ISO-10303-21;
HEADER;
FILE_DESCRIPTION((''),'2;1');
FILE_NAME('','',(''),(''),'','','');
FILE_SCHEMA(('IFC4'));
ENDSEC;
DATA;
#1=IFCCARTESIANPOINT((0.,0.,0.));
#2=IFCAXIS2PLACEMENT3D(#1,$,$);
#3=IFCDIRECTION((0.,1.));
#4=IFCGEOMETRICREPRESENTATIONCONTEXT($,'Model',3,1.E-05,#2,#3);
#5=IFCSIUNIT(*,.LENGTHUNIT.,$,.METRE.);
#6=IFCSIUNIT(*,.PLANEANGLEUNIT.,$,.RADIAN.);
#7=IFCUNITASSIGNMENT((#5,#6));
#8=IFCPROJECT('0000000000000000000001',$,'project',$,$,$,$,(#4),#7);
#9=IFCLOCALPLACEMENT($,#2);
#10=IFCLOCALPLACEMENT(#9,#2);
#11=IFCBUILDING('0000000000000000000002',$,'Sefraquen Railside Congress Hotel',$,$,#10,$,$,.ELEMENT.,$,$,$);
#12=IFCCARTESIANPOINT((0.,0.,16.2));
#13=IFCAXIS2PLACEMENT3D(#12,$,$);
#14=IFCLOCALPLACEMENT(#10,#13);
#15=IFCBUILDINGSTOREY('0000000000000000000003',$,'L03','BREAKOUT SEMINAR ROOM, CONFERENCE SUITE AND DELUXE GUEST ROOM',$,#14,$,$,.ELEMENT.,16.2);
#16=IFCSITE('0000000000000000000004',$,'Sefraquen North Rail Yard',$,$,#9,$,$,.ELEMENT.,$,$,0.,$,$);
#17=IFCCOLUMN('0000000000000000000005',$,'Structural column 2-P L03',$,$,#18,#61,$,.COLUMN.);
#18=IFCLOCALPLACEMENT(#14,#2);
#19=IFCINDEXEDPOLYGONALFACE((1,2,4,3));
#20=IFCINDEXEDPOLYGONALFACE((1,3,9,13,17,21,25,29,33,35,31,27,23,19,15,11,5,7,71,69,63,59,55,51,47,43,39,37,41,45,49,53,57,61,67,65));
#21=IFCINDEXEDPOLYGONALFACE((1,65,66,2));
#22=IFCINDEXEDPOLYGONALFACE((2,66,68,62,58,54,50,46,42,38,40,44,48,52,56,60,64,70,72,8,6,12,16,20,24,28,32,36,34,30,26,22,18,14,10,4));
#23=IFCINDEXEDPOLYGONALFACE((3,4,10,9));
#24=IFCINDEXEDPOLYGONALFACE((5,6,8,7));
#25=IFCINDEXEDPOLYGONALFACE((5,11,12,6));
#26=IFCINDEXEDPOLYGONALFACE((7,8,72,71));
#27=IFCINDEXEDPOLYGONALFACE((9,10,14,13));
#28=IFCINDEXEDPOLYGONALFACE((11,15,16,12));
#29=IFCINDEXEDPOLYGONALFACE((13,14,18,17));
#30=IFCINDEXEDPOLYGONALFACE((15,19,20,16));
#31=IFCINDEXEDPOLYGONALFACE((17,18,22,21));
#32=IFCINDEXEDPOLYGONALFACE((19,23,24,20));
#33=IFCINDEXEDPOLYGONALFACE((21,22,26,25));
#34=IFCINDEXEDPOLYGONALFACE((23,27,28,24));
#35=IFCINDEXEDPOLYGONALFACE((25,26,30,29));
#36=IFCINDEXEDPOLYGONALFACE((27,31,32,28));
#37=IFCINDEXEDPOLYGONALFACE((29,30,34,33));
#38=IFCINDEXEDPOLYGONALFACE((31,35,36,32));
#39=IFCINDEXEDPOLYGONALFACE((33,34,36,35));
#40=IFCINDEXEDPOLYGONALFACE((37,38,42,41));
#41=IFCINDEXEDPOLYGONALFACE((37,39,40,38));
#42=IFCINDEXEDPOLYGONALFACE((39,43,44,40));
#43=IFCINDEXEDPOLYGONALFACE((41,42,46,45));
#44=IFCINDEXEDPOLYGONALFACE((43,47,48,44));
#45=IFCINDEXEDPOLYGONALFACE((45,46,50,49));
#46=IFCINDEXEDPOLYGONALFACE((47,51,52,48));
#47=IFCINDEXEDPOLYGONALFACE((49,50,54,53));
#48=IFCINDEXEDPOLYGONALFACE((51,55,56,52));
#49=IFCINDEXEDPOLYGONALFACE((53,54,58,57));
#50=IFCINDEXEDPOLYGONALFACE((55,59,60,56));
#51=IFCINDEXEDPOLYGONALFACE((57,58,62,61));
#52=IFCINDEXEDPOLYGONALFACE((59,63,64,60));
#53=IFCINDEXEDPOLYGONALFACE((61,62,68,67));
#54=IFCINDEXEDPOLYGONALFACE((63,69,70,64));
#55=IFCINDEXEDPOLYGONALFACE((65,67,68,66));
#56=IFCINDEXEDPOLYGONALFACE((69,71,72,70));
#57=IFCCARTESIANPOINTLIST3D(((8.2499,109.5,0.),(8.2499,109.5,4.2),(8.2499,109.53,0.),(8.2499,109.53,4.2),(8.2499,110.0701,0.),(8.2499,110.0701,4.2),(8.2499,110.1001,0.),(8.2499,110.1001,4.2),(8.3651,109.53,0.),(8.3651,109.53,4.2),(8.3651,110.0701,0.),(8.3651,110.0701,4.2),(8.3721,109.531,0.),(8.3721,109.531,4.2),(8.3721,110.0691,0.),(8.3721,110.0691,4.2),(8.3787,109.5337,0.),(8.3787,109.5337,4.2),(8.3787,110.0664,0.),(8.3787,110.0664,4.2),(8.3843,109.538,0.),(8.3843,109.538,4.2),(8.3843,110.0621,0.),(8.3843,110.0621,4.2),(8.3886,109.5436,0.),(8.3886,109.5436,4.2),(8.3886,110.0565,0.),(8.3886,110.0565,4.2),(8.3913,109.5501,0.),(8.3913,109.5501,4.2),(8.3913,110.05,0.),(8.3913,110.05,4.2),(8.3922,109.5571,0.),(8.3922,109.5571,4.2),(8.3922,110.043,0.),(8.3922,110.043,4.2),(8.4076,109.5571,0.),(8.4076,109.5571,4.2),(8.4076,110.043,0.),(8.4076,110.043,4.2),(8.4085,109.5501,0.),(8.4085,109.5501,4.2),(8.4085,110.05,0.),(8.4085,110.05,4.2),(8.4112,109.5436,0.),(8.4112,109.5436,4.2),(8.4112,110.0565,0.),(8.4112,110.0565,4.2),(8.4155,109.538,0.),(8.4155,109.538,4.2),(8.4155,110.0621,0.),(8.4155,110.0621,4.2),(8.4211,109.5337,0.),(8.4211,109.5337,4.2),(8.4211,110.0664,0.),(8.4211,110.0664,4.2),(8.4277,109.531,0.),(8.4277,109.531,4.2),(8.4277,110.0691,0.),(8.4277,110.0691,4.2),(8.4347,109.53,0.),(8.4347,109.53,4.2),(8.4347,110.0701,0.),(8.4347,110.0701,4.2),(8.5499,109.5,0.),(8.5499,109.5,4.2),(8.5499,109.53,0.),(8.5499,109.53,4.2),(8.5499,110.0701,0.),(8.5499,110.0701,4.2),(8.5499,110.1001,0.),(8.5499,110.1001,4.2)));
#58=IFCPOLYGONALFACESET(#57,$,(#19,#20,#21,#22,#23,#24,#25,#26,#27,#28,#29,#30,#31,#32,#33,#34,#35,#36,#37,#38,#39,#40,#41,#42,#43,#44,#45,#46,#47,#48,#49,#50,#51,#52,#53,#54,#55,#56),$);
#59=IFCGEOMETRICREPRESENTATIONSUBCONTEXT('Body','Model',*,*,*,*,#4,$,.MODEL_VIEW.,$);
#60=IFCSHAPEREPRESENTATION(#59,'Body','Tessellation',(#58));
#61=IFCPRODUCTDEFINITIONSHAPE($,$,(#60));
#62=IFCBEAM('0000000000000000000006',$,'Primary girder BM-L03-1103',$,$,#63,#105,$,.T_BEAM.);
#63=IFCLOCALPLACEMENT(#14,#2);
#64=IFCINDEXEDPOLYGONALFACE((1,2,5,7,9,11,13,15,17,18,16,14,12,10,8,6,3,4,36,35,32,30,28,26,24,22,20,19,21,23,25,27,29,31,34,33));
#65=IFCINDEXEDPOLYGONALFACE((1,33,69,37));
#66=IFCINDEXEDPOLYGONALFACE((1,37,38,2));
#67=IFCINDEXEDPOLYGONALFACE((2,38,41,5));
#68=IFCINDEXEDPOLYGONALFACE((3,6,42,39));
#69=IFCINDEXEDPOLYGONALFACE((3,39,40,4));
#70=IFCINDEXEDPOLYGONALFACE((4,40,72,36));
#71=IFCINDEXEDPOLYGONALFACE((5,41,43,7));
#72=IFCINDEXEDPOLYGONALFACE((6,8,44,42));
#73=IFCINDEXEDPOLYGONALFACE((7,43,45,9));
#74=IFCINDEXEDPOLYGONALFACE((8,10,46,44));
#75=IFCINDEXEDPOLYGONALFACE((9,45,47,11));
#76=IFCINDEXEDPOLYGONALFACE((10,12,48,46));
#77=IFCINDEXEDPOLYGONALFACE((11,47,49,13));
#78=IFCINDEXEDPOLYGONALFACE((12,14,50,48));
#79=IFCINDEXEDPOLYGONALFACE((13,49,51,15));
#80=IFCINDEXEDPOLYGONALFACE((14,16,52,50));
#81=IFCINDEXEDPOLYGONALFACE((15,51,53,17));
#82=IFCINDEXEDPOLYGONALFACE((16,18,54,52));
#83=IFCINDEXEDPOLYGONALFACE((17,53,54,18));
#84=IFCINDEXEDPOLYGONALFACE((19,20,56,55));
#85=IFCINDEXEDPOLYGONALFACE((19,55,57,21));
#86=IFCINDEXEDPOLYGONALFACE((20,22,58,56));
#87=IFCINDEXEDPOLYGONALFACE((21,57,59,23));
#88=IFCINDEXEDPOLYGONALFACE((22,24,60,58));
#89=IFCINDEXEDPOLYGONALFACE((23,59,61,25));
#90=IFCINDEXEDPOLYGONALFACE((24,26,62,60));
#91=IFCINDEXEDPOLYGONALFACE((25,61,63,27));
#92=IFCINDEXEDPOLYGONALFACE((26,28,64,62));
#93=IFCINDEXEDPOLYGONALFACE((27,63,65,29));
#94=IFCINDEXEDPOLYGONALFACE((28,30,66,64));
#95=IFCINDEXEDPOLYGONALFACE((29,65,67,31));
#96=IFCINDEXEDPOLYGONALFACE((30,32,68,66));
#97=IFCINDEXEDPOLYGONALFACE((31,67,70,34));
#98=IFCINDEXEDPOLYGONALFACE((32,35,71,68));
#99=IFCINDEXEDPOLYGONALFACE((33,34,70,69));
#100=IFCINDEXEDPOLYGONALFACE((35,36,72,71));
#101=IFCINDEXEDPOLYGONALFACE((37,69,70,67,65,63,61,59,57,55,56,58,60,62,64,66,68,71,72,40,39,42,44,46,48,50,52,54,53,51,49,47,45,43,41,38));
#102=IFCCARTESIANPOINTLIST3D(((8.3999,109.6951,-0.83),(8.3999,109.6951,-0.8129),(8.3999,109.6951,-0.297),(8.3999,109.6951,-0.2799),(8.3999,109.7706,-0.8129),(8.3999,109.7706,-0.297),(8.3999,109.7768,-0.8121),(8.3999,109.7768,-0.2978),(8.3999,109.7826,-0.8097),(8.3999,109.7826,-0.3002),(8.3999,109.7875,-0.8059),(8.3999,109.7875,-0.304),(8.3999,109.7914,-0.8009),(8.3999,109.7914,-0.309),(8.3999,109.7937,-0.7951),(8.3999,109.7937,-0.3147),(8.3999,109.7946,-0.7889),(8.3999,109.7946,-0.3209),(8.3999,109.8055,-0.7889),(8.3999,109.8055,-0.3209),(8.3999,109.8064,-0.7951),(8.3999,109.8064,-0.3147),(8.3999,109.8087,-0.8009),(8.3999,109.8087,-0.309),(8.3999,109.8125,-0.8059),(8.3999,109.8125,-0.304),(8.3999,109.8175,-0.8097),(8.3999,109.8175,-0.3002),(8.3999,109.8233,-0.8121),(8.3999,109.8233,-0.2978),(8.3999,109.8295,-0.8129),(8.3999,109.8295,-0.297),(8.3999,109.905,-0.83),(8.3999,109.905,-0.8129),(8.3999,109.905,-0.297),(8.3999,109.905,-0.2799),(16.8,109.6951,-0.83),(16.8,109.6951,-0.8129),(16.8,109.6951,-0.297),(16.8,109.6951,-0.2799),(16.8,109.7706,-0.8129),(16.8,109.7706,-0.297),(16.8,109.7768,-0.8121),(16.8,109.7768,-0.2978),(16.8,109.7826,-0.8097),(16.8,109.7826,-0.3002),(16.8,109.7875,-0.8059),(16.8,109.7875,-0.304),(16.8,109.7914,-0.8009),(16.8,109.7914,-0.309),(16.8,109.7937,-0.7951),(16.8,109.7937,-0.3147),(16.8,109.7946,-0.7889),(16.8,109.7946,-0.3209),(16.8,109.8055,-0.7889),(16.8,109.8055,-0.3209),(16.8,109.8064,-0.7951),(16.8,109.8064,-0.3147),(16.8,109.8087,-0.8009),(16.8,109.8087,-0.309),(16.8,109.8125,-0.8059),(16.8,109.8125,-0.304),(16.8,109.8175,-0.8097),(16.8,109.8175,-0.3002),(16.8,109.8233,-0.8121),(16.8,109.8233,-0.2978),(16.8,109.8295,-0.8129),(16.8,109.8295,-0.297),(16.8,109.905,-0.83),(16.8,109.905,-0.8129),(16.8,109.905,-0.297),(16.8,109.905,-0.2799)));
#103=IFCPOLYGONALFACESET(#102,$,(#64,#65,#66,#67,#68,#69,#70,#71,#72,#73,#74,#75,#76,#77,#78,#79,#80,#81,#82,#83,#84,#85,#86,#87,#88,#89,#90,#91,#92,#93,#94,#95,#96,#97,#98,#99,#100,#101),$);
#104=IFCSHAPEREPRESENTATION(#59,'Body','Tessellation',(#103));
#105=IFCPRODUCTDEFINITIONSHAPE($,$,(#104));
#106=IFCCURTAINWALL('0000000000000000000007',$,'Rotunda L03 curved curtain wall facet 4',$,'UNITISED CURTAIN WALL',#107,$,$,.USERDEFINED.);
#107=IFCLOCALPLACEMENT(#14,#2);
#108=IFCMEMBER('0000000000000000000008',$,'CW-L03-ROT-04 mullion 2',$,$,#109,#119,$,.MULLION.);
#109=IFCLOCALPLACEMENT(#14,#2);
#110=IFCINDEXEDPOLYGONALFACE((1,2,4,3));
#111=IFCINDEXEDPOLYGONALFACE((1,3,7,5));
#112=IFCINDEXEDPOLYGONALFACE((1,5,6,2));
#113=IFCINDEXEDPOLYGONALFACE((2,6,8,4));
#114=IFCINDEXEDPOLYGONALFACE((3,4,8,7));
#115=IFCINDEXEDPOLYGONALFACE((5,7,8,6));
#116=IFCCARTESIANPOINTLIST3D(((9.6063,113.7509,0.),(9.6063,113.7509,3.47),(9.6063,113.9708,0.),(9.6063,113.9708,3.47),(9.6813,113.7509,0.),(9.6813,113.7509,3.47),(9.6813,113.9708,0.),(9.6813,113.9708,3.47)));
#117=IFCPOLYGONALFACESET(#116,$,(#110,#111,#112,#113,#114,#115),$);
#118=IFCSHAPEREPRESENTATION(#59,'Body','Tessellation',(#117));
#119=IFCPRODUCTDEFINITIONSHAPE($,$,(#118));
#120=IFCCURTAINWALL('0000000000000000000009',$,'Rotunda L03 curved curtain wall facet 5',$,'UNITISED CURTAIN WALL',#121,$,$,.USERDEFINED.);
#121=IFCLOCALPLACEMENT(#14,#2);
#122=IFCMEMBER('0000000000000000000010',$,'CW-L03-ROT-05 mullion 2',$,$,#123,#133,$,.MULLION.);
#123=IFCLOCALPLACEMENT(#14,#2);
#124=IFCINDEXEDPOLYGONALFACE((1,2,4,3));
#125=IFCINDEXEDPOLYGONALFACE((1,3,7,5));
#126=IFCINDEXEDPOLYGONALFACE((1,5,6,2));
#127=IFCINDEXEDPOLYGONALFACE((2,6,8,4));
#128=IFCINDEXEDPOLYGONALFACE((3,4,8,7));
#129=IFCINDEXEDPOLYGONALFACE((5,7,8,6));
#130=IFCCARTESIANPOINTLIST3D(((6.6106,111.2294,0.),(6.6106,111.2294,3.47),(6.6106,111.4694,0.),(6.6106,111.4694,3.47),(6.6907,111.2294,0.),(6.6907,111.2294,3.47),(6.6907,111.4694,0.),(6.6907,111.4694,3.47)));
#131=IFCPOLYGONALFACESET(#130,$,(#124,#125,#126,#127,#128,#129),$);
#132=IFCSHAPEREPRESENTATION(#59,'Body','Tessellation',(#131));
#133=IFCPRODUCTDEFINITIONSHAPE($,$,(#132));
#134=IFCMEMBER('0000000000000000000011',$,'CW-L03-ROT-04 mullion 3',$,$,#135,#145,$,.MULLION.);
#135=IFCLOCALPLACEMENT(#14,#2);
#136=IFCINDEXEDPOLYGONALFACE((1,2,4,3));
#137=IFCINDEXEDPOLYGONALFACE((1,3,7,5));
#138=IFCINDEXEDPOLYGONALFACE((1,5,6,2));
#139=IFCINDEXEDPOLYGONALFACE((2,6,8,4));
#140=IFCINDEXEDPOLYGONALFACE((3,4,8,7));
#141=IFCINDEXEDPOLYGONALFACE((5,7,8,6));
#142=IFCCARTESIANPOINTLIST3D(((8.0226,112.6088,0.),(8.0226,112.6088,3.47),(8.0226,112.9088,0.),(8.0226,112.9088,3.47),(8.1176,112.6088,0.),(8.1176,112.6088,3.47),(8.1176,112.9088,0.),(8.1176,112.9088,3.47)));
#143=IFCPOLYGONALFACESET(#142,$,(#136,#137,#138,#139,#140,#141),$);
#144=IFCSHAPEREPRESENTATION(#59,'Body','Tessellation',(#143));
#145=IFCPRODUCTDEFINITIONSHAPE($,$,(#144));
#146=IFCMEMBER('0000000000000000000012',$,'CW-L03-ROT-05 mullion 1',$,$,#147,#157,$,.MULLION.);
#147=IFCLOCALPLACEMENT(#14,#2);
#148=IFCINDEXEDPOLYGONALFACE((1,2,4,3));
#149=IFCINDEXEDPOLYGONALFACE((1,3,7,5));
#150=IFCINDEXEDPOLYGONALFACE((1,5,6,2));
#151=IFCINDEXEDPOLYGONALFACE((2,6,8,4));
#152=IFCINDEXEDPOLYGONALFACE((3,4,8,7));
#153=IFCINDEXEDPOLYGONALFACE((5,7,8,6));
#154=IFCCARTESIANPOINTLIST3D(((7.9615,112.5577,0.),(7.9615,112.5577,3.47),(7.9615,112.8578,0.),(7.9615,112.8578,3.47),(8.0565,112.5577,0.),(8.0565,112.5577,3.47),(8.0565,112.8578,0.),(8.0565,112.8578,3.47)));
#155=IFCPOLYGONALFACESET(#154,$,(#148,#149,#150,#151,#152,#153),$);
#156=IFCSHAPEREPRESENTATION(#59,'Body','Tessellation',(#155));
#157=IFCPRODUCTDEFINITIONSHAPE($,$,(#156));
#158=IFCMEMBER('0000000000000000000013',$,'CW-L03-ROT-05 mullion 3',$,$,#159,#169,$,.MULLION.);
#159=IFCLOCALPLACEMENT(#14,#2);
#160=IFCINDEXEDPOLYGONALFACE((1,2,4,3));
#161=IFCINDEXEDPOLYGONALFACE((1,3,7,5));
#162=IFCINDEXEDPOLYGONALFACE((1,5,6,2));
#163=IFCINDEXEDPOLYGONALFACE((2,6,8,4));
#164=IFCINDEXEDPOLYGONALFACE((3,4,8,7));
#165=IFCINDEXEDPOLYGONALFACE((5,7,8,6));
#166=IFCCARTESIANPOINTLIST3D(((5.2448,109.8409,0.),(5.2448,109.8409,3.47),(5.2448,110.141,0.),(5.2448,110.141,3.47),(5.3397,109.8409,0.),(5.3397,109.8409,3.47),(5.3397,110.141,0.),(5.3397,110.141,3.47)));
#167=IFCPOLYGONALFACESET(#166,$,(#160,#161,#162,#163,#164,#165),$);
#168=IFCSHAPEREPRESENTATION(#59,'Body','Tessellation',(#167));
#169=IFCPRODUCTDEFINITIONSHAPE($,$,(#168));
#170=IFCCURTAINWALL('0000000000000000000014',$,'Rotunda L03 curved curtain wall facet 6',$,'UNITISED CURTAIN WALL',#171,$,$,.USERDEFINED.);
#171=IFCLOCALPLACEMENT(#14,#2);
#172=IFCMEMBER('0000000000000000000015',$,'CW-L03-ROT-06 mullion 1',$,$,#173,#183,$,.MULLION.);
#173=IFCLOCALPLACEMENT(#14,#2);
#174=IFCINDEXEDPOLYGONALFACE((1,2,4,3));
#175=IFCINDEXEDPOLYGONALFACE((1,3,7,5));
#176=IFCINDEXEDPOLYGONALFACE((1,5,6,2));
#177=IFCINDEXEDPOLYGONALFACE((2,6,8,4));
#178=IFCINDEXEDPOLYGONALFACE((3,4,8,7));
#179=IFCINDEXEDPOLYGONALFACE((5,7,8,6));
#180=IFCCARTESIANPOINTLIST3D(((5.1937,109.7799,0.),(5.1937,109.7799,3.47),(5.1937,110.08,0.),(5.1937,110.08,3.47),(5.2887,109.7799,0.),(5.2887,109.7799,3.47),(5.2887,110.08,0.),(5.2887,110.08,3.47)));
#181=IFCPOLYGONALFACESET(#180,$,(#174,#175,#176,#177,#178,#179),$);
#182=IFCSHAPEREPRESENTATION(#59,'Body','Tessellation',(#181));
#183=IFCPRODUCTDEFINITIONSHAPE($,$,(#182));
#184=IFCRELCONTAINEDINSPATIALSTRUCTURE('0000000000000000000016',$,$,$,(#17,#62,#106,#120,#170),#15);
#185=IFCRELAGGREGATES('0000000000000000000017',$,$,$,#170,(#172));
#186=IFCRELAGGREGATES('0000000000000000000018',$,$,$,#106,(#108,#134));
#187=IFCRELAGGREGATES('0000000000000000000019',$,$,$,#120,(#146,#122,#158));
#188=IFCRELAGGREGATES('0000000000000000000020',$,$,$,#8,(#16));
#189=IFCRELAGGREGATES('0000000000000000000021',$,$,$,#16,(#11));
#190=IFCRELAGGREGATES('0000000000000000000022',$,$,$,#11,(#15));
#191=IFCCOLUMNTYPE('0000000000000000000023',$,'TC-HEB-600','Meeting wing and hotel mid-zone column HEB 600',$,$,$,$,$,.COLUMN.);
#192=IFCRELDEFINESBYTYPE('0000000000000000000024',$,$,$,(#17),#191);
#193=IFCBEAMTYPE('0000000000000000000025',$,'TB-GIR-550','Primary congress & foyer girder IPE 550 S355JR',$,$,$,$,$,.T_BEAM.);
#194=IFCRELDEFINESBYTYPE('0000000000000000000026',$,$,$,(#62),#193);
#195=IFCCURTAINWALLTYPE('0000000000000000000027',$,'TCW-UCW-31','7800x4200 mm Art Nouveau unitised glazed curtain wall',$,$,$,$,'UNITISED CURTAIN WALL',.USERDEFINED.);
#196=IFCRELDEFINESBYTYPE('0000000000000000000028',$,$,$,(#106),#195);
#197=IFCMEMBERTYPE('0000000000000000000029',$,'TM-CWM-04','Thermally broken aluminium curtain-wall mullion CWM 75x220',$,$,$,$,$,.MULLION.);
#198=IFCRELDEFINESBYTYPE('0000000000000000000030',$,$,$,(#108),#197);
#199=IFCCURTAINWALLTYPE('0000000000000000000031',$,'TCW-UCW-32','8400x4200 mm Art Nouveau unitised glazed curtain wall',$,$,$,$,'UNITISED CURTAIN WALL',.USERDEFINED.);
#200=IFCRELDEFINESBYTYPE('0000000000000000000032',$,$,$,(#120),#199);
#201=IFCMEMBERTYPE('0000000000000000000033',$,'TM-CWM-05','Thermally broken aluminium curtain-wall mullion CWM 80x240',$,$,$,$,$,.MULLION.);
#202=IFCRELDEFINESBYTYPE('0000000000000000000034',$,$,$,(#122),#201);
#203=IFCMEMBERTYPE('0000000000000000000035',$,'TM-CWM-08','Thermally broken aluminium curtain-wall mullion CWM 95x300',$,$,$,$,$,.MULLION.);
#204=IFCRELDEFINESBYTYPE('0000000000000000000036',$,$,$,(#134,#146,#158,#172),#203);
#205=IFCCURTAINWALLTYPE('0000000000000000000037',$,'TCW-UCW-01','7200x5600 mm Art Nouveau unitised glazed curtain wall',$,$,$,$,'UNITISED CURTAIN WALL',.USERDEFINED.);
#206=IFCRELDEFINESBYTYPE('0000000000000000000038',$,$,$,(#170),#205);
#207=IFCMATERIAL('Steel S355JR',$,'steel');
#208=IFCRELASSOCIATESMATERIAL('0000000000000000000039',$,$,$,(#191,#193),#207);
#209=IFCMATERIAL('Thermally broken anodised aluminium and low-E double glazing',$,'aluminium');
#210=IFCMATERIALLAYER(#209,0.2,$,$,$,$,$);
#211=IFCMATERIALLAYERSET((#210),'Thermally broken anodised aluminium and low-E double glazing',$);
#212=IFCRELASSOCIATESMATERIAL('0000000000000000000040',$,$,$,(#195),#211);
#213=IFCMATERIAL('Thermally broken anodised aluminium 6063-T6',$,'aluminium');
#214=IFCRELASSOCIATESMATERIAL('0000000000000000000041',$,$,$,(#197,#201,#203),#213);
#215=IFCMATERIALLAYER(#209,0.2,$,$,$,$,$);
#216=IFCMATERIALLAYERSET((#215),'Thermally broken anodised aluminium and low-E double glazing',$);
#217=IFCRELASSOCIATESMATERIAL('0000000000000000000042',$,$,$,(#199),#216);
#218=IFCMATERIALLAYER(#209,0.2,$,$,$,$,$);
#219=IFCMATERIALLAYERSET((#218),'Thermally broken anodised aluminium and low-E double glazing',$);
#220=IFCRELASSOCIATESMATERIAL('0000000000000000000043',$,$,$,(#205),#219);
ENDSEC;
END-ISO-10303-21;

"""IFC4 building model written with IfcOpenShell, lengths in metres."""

from ifc_helpers import new_model, si_unit, direction, frame, origin, origin_2d, place, context, subcontext, project, spatial, rectangle, i_section, extrude, material, layer, layer_set, material_profile, profile_set, type_object, element, aggregate, save


model = new_model("IFC4")

# Units and contexts
model_context = context("Model", 3, precision=1e-05, world=origin(), true_north=direction((0.0, 1.0)))
body_context = subcontext(model_context, "Body", "Model", "MODEL_VIEW")
ifc_project = project(units=[si_unit("LENGTHUNIT", "METRE"), si_unit("PLANEANGLEUNIT", "RADIAN")], contexts=[model_context])

# Site, building, storey
site_placement = place(None, origin())
site = spatial("IfcSite", under=ifc_project, at=site_placement, Name="Sefraquen North Rail Yard", CompositionType="ELEMENT", RefElevation=0.0)
building_placement = place(site_placement, origin())
building = spatial("IfcBuilding", under=site, at=building_placement, Name="Sefraquen Railside Congress Hotel", CompositionType="ELEMENT")
storey_placement = place(building_placement, frame((0.0, 0.0, 16.2)))
storey = spatial("IfcBuildingStorey", under=building, at=storey_placement, Name="L03", Description="BREAKOUT SEMINAR ROOM, CONFERENCE SUITE AND DELUXE GUEST ROOM", CompositionType="ELEMENT", Elevation=16.2)

# Column
ifc_material_1 = material(Name="Steel S355JR", Category="steel")
ifc_material_profile_1 = material_profile(ifc_material_1, i_section(OverallWidth=0.3, OverallDepth=0.6001, WebThickness=0.0154, FlangeThickness=0.03, FilletRadius=0.0271, at=origin_2d()), Name="HEB 600")
ifc_profile_set_1 = profile_set([ifc_material_profile_1], Name="Steel S355JR")
column_type = type_object("IfcColumnType", Name="TC-HEB-600", Description="Meeting wing and hotel mid-zone column HEB 600", PredefinedType="COLUMN", material=ifc_profile_set_1)
column_placement = place(storey_placement, frame((8.3999, 109.8, 0.0), z_axis=(0.0, 0.0, 1.0), x_axis=(1.0, 0.0, 0.0)))
element("IfcColumn", 1, at=column_placement, inside=storey, type_object=column_type, Name="Structural column 2-P L03", PredefinedType="COLUMN", context=body_context, shape_type="SweptSolid", body=[
    extrude(i_section(OverallWidth=0.3, OverallDepth=0.6001, WebThickness=0.0154, FlangeThickness=0.03, FilletRadius=0.0271, at=origin_2d()), origin(), (0.0, 0.0, 1.0), 4.2),
])

# Beam
ifc_material_profile_2 = material_profile(ifc_material_1, i_section(OverallWidth=0.21, OverallDepth=0.55, WebThickness=0.011, FlangeThickness=0.0171, FilletRadius=0.0239, at=origin_2d()), Name="IPE 550")
ifc_profile_set_2 = profile_set([ifc_material_profile_2], Name="Steel S355JR")
beam_type = type_object("IfcBeamType", Name="TB-GIR-550", Description="Primary congress & foyer girder IPE 550 S355JR", PredefinedType="T_BEAM", material=ifc_profile_set_2)
beam_placement = place(storey_placement, frame((8.3999, 109.8, -0.5549), z_axis=(1.0, 0.0, 0.0), x_axis=(0.0, 1.0, 0.0)))
element("IfcBeam", 2, at=beam_placement, inside=storey, type_object=beam_type, Name="Primary girder BM-L03-1103", PredefinedType="T_BEAM", context=body_context, shape_type="SweptSolid", body=[
    extrude(i_section(OverallWidth=0.21, OverallDepth=0.55, WebThickness=0.011, FlangeThickness=0.0171, FilletRadius=0.0239, at=origin_2d()), origin(), (0.0, 0.0, 1.0), 8.4001),
])

# Curtain walls, members
ifc_material_2 = material(Name="Thermally broken anodised aluminium and low-E double glazing", Category="aluminium")
ifc_layer_1 = layer(ifc_material_2, 0.2)
ifc_layer_set_1 = layer_set([ifc_layer_1], Name="Thermally broken anodised aluminium and low-E double glazing")
curtain_wall_type_1 = type_object("IfcCurtainWallType", Name="TCW-UCW-31", Description="7800x4200 mm Art Nouveau unitised glazed curtain wall", ElementType="UNITISED CURTAIN WALL", PredefinedType="USERDEFINED", material=ifc_layer_set_1)
curtain_wall_1_placement = place(storey_placement, origin())
curtain_wall_1 = element("IfcCurtainWall", 3, at=curtain_wall_1_placement, inside=storey, type_object=curtain_wall_type_1, Name="Rotunda L03 curved curtain wall facet 4", ObjectType="UNITISED CURTAIN WALL", PredefinedType="USERDEFINED")
ifc_material_3 = material(Name="Thermally broken anodised aluminium 6063-T6", Category="aluminium")
ifc_material_profile_3 = material_profile(ifc_material_3, rectangle(XDim=0.075, YDim=0.22, at=origin_2d()), Name="CWM 75x220")
ifc_profile_set_3 = profile_set([ifc_material_profile_3], Name="Thermally broken anodised aluminium 6063-T6")
member_type_1 = type_object("IfcMemberType", Name="TM-CWM-04", Description="Thermally broken aluminium curtain-wall mullion CWM 75x220", PredefinedType="MULLION", material=ifc_profile_set_3)
member_1_placement = place(storey_placement, frame((9.6438, 113.8608, 0.0), z_axis=(0.0, 0.0, 1.0), x_axis=(1.0, 0.0, 0.0)))
member_1 = element("IfcMember", 4, at=member_1_placement, type_object=member_type_1, Name="CW-L03-ROT-04 mullion 2", PredefinedType="MULLION", context=body_context, shape_type="SweptSolid", body=[
    extrude(rectangle(XDim=0.075, YDim=0.22, at=origin_2d()), origin(), (0.0, 0.0, 1.0), 3.47),
])
ifc_layer_2 = layer(ifc_material_2, 0.2)
ifc_layer_set_2 = layer_set([ifc_layer_2], Name="Thermally broken anodised aluminium and low-E double glazing")
curtain_wall_type_2 = type_object("IfcCurtainWallType", Name="TCW-UCW-32", Description="8400x4200 mm Art Nouveau unitised glazed curtain wall", ElementType="UNITISED CURTAIN WALL", PredefinedType="USERDEFINED", material=ifc_layer_set_2)
curtain_wall_2_placement = place(storey_placement, origin())
curtain_wall_2 = element("IfcCurtainWall", 5, at=curtain_wall_2_placement, inside=storey, type_object=curtain_wall_type_2, Name="Rotunda L03 curved curtain wall facet 5", ObjectType="UNITISED CURTAIN WALL", PredefinedType="USERDEFINED")
ifc_material_profile_4 = material_profile(ifc_material_3, rectangle(XDim=0.0801, YDim=0.24, at=origin_2d()), Name="CWM 80x240")
ifc_profile_set_4 = profile_set([ifc_material_profile_4], Name="Thermally broken anodised aluminium 6063-T6")
member_type_2 = type_object("IfcMemberType", Name="TM-CWM-05", Description="Thermally broken aluminium curtain-wall mullion CWM 80x240", PredefinedType="MULLION", material=ifc_profile_set_4)
member_2_placement = place(storey_placement, frame((6.6506, 111.3494, 0.0), z_axis=(0.0, 0.0, 1.0), x_axis=(1.0, 0.0, 0.0)))
member_2 = element("IfcMember", 6, at=member_2_placement, type_object=member_type_2, Name="CW-L03-ROT-05 mullion 2", PredefinedType="MULLION", context=body_context, shape_type="SweptSolid", body=[
    extrude(rectangle(XDim=0.0801, YDim=0.24, at=origin_2d()), origin(), (0.0, 0.0, 1.0), 3.47),
])

# Members
ifc_material_profile_5 = material_profile(ifc_material_3, rectangle(XDim=0.095, YDim=0.3, at=origin_2d()), Name="CWM 95x300")
ifc_profile_set_5 = profile_set([ifc_material_profile_5], Name="Thermally broken anodised aluminium 6063-T6")
member_type_3 = type_object("IfcMemberType", Name="TM-CWM-08", Description="Thermally broken aluminium curtain-wall mullion CWM 95x300", PredefinedType="MULLION", material=ifc_profile_set_5)
member_3_placement = place(storey_placement, frame((8.0701, 112.7588, 0.0), z_axis=(0.0, 0.0, 1.0), x_axis=(1.0, 0.0, 0.0)))
member_3 = element("IfcMember", 7, at=member_3_placement, type_object=member_type_3, Name="CW-L03-ROT-04 mullion 3", PredefinedType="MULLION", context=body_context, shape_type="SweptSolid", body=[
    extrude(rectangle(XDim=0.095, YDim=0.3, at=origin_2d()), origin(), (0.0, 0.0, 1.0), 3.47),
])
member_4_placement = place(storey_placement, frame((8.009, 112.7078, 0.0), z_axis=(0.0, 0.0, 1.0), x_axis=(1.0, 0.0, 0.0)))
member_4 = element("IfcMember", 8, at=member_4_placement, type_object=member_type_3, Name="CW-L03-ROT-05 mullion 1", PredefinedType="MULLION", context=body_context, shape_type="SweptSolid", body=[
    extrude(rectangle(XDim=0.095, YDim=0.3, at=origin_2d()), origin(), (0.0, 0.0, 1.0), 3.47),
])
member_5_placement = place(storey_placement, frame((5.2922, 109.991, 0.0), z_axis=(0.0, 0.0, 1.0), x_axis=(1.0, 0.0, 0.0)))
member_5 = element("IfcMember", 9, at=member_5_placement, type_object=member_type_3, Name="CW-L03-ROT-05 mullion 3", PredefinedType="MULLION", context=body_context, shape_type="SweptSolid", body=[
    extrude(rectangle(XDim=0.095, YDim=0.3, at=origin_2d()), origin(), (0.0, 0.0, 1.0), 3.47),
])

# Curtain wall, member
ifc_layer_3 = layer(ifc_material_2, 0.2)
ifc_layer_set_3 = layer_set([ifc_layer_3], Name="Thermally broken anodised aluminium and low-E double glazing")
curtain_wall_type_3 = type_object("IfcCurtainWallType", Name="TCW-UCW-01", Description="7200x5600 mm Art Nouveau unitised glazed curtain wall", ElementType="UNITISED CURTAIN WALL", PredefinedType="USERDEFINED", material=ifc_layer_set_3)
curtain_wall_3_placement = place(storey_placement, origin())
curtain_wall_3 = element("IfcCurtainWall", 10, at=curtain_wall_3_placement, inside=storey, type_object=curtain_wall_type_3, Name="Rotunda L03 curved curtain wall facet 6", ObjectType="UNITISED CURTAIN WALL", PredefinedType="USERDEFINED")
member_6_placement = place(storey_placement, frame((5.2412, 109.9299, 0.0), z_axis=(0.0, 0.0, 1.0), x_axis=(1.0, 0.0, 0.0)))
member_6 = element("IfcMember", 11, at=member_6_placement, type_object=member_type_3, Name="CW-L03-ROT-06 mullion 1", PredefinedType="MULLION", context=body_context, shape_type="SweptSolid", body=[
    extrude(rectangle(XDim=0.095, YDim=0.3, at=origin_2d()), origin(), (0.0, 0.0, 1.0), 3.47),
])
aggregate(curtain_wall_3, [member_6])

aggregate(curtain_wall_1, [member_1, member_3])
aggregate(curtain_wall_2, [member_4, member_2, member_5])

save(model, "model.ifc")
